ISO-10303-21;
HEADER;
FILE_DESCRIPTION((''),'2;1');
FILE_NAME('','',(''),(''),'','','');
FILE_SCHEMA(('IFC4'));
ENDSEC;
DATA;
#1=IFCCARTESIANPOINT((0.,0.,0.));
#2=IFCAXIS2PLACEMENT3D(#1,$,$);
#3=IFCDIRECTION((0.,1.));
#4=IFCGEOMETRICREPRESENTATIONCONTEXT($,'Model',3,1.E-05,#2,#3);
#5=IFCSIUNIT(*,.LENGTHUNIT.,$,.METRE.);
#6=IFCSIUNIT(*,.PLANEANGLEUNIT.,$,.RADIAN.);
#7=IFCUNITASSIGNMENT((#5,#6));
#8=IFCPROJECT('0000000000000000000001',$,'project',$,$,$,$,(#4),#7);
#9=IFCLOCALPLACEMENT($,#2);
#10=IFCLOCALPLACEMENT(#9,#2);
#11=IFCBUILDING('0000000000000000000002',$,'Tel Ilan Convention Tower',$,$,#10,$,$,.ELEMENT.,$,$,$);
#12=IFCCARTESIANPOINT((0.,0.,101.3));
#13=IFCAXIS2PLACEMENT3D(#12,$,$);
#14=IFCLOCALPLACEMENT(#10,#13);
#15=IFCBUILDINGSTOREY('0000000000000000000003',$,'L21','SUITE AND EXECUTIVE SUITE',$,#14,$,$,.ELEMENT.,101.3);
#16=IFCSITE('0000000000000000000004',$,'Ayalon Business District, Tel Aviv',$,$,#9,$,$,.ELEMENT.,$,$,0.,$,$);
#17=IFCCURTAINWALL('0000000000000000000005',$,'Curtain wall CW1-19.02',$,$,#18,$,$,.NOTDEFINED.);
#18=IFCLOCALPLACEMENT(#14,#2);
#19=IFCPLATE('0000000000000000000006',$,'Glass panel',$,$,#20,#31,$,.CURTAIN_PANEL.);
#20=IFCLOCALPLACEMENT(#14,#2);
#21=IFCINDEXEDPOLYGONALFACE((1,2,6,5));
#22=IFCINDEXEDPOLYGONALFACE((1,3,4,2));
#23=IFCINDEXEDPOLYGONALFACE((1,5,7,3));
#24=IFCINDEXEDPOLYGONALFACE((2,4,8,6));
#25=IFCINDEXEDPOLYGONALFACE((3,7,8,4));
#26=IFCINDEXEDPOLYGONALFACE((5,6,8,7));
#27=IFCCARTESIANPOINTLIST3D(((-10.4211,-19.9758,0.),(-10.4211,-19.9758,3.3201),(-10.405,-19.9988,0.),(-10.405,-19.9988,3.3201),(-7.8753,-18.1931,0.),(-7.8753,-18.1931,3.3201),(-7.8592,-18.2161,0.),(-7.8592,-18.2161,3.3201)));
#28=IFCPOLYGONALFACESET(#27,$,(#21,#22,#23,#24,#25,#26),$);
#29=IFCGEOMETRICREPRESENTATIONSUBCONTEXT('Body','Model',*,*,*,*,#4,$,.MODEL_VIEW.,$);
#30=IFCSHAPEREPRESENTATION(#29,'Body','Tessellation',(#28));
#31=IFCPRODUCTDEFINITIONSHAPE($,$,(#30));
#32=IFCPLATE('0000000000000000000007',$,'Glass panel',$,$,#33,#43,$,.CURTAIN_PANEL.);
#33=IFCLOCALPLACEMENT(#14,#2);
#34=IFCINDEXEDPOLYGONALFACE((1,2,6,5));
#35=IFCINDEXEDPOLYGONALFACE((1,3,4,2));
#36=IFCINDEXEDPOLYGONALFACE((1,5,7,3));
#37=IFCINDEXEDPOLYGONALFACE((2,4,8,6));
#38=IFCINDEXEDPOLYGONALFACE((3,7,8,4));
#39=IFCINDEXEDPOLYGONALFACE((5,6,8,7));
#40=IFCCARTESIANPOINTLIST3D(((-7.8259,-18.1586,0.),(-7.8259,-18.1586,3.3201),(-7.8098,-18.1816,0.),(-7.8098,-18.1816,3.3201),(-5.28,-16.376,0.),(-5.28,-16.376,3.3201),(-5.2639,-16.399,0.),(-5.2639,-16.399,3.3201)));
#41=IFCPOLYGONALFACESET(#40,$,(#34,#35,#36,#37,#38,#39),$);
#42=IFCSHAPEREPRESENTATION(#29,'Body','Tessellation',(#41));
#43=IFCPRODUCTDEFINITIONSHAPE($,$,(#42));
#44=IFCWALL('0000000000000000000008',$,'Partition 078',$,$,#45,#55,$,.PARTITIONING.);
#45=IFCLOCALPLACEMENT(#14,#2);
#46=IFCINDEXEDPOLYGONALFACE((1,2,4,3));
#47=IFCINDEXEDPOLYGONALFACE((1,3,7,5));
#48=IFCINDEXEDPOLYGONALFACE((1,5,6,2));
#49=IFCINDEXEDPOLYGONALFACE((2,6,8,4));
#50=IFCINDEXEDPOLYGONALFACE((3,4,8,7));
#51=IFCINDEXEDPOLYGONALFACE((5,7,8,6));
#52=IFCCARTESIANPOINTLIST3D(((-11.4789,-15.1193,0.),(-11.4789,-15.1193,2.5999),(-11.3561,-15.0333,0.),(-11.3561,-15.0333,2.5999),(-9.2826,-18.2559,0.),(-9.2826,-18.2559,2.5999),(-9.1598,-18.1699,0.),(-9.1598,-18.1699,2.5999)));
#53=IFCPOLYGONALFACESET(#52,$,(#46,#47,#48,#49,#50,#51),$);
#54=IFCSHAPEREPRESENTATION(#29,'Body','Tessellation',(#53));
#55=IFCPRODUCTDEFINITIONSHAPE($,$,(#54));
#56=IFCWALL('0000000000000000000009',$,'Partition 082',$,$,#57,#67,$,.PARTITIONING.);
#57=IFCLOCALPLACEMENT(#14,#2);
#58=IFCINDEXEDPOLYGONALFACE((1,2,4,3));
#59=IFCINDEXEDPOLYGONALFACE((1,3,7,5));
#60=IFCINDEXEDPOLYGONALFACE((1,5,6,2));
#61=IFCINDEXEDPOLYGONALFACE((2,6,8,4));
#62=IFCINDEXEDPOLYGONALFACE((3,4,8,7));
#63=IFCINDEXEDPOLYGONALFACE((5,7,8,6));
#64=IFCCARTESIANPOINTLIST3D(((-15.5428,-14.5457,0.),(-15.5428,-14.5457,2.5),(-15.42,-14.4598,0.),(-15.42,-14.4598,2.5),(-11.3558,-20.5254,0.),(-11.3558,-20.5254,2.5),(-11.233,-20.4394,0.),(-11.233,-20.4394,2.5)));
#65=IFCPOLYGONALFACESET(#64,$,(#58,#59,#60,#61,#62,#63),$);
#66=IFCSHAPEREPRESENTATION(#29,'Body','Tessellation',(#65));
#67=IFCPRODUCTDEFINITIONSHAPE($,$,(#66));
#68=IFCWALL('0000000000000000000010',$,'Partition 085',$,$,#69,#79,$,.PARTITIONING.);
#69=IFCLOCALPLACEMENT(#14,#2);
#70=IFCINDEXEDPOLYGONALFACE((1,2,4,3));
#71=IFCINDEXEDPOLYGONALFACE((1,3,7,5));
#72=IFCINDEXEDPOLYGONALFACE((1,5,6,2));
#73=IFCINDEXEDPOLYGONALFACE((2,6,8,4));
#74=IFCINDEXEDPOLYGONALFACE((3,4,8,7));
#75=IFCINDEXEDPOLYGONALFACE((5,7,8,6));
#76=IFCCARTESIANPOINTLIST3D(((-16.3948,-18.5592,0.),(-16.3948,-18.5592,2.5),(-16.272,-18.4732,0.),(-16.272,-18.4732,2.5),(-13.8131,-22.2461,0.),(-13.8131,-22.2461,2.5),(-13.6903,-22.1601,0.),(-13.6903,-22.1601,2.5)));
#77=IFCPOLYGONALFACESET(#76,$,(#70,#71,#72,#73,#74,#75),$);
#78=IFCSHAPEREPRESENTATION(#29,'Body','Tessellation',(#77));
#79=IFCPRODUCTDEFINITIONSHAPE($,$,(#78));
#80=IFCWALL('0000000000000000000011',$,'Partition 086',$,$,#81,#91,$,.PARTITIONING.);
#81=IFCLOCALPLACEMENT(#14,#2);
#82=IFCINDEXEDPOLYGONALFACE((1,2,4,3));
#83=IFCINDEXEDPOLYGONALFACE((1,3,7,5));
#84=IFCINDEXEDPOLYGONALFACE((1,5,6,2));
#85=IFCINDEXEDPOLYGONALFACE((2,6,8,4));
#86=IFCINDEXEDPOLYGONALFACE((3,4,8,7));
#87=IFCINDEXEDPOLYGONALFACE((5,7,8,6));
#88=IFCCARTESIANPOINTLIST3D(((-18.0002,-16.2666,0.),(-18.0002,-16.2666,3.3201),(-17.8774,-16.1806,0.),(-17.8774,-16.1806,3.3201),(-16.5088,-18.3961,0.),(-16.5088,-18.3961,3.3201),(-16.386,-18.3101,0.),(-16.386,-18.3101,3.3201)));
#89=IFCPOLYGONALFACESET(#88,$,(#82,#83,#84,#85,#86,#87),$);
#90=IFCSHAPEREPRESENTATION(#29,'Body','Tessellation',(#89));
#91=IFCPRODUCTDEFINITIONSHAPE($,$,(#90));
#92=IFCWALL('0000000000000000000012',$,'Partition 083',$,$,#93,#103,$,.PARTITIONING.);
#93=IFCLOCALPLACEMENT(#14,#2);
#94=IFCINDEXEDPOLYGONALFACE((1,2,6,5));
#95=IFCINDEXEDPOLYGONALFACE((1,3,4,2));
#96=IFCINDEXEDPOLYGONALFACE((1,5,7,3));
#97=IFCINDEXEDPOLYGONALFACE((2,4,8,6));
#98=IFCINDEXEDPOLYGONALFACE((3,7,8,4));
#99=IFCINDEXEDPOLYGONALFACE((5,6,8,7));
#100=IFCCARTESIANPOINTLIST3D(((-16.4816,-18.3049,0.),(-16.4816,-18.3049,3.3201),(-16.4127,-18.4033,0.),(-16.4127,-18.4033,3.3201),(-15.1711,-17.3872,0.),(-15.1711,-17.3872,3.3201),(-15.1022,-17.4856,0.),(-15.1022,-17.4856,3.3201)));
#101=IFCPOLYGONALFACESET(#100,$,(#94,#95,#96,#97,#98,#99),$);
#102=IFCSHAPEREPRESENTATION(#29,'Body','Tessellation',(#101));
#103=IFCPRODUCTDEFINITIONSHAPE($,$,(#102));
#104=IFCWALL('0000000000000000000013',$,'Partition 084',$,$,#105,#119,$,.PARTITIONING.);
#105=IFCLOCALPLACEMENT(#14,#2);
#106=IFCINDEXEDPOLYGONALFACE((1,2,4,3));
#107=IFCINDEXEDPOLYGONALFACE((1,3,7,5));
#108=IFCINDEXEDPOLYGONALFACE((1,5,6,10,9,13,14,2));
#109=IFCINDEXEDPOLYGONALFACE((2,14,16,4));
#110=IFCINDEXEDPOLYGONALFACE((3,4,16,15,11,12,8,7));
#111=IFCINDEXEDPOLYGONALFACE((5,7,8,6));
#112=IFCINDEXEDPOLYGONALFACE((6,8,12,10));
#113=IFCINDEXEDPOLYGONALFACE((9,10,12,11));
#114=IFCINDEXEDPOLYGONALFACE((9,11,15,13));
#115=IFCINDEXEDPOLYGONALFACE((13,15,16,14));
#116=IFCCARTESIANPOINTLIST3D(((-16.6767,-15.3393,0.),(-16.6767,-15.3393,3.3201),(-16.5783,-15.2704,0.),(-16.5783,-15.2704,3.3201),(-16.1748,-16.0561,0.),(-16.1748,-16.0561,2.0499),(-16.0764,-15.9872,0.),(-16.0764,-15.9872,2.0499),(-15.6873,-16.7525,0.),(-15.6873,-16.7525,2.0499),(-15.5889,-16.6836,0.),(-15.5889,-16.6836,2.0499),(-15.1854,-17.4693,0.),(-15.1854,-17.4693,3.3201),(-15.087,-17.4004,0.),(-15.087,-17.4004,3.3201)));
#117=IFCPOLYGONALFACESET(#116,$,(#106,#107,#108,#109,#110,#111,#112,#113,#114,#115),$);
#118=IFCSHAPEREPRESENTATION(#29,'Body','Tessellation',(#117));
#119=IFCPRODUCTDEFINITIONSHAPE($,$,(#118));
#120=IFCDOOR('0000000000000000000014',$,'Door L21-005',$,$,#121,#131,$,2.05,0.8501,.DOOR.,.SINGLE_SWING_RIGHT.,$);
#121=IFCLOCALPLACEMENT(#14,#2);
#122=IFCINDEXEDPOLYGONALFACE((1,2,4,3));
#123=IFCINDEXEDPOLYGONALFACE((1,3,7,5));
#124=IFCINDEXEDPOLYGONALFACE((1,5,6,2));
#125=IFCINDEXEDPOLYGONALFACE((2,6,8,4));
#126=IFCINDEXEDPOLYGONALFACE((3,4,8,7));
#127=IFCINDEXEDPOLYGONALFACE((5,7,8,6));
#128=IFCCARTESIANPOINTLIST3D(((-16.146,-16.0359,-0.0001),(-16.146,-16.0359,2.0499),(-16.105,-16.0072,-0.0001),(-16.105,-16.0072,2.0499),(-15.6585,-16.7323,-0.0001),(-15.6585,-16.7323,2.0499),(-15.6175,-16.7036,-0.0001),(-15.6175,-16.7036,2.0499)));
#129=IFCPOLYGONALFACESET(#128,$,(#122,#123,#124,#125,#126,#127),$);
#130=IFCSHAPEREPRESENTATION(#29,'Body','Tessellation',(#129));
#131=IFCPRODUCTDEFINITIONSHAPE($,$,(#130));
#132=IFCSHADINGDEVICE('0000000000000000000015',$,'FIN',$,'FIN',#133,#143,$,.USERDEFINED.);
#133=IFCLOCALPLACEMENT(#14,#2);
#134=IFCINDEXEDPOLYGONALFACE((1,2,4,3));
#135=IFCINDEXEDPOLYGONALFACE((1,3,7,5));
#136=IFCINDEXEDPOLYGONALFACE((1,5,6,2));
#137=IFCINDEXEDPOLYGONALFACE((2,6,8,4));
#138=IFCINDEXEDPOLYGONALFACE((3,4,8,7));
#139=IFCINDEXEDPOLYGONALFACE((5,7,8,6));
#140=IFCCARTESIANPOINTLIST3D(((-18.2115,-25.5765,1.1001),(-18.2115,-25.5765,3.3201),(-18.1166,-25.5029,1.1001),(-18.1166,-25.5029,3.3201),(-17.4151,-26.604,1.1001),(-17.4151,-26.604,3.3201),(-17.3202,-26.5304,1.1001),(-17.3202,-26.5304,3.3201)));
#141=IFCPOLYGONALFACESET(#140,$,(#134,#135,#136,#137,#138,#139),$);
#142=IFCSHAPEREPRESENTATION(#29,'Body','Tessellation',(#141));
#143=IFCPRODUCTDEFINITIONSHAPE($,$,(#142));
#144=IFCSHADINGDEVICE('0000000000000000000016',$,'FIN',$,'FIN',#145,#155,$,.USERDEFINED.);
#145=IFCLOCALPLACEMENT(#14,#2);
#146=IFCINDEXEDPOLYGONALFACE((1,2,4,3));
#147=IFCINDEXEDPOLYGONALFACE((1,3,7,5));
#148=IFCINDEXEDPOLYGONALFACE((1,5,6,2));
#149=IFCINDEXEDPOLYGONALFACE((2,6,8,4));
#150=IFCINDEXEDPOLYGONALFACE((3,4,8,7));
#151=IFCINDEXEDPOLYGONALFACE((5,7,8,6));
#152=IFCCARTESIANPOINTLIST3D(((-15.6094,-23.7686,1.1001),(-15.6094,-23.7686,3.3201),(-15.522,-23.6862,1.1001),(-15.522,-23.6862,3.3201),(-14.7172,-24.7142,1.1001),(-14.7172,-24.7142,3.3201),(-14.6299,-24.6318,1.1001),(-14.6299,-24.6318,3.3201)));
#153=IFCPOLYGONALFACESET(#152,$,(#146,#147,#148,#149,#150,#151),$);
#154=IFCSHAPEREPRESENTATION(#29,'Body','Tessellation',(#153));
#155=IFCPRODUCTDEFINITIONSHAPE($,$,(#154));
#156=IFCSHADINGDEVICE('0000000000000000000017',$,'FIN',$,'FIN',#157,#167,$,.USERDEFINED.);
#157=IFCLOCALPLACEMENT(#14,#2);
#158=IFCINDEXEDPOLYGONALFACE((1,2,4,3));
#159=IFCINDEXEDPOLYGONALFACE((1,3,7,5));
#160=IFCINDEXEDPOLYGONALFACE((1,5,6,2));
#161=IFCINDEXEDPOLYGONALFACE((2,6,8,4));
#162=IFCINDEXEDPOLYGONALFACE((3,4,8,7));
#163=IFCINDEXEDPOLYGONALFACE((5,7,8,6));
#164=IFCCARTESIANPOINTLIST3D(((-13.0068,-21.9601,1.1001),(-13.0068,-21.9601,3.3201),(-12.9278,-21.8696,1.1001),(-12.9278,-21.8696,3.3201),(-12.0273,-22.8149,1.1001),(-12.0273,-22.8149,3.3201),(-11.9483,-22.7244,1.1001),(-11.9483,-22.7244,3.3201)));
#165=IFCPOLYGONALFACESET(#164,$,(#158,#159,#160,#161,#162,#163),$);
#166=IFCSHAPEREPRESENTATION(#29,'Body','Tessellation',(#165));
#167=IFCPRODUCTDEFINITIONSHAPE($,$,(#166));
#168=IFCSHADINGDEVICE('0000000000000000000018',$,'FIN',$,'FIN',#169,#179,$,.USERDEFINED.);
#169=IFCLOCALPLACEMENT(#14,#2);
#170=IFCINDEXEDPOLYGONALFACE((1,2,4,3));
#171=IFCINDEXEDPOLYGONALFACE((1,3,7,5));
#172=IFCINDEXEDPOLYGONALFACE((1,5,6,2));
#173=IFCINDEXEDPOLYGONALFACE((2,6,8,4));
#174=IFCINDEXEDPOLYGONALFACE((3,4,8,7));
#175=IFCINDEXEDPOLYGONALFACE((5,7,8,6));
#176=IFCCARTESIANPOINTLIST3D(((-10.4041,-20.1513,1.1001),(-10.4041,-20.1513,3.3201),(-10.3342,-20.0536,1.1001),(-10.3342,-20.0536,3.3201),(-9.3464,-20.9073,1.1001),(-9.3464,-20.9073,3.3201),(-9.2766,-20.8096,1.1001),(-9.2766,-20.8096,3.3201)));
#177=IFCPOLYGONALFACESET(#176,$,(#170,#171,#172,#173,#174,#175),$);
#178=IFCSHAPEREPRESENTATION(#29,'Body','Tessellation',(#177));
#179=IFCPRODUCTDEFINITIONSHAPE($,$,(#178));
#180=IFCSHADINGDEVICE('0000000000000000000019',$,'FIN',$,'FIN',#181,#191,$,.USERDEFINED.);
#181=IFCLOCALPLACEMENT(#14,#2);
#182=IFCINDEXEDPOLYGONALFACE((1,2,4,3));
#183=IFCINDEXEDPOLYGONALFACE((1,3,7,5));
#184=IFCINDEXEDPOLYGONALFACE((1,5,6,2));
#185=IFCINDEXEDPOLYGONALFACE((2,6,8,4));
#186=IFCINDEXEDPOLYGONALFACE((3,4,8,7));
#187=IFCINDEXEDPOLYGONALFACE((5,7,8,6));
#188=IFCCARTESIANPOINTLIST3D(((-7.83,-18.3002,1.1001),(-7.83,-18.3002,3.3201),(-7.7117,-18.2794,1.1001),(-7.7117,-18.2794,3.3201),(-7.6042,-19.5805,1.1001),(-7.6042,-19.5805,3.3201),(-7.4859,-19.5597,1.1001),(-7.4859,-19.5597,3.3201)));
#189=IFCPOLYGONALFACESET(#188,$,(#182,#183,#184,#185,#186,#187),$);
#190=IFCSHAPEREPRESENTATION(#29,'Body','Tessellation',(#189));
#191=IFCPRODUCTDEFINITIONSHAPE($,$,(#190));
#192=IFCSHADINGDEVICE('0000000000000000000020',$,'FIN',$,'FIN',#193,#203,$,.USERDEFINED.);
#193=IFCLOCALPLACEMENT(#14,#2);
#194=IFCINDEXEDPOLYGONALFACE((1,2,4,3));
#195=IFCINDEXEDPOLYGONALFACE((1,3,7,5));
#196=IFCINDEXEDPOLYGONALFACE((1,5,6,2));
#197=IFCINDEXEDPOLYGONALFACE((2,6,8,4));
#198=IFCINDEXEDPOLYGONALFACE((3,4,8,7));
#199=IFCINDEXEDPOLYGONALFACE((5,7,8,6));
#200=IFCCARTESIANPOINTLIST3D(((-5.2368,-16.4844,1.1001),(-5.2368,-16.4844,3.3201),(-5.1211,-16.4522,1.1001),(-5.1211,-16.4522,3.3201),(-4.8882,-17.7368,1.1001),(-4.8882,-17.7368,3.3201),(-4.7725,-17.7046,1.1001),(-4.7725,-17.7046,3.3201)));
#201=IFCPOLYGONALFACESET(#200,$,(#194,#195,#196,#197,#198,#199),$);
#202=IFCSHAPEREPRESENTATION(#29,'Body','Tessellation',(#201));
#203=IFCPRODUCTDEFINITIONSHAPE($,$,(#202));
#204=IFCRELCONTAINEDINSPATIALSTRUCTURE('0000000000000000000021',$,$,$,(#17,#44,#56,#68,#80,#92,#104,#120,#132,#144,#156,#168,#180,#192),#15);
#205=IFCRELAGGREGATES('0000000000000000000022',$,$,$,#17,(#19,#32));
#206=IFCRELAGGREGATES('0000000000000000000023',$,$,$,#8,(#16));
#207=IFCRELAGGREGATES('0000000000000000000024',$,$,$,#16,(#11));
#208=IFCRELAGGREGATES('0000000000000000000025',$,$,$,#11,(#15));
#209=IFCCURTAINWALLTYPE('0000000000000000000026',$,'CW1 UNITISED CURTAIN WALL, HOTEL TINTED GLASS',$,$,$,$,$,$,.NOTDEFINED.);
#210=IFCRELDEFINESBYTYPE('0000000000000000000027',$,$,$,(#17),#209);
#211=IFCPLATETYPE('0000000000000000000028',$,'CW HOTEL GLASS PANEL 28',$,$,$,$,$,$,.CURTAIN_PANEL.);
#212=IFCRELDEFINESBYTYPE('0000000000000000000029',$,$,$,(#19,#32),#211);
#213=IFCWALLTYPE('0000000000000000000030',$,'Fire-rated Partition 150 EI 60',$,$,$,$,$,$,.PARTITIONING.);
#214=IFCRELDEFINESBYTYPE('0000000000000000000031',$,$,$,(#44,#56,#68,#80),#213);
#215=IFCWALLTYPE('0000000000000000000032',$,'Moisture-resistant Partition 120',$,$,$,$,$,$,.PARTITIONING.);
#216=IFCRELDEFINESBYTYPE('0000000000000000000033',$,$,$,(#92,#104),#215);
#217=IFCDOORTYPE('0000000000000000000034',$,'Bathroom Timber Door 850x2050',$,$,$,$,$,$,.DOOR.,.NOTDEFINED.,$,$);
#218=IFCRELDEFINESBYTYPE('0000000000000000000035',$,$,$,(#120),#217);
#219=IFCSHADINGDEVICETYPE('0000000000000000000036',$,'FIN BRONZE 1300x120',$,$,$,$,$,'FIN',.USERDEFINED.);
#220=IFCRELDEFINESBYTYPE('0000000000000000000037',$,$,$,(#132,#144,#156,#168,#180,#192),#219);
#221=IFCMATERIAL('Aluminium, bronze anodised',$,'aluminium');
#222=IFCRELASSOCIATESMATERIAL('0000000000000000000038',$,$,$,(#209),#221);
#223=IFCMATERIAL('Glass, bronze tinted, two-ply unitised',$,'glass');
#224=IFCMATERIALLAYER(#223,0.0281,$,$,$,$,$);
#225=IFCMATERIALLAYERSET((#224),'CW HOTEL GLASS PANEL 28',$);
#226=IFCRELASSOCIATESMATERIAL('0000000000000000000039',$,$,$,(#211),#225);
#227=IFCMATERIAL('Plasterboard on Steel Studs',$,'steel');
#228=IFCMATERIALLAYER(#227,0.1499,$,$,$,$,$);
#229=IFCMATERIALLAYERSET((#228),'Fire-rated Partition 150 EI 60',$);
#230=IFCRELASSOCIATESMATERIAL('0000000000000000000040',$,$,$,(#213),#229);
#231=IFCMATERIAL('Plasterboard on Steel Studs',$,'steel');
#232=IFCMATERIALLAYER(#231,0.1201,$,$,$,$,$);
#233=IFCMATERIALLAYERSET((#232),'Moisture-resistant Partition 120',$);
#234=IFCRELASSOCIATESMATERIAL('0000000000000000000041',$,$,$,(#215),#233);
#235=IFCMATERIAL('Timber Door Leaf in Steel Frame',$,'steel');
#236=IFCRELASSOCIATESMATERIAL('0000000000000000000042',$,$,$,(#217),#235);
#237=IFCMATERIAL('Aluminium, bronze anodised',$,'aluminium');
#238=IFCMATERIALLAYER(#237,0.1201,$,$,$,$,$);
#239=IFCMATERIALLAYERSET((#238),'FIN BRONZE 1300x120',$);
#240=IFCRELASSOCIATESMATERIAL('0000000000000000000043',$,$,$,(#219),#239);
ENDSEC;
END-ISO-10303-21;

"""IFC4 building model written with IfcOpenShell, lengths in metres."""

from ifc_helpers import new_model, si_unit, direction, frame, frame_2d, origin, origin_2d, place, context, subcontext, project, spatial, rectangle, extrude, material, layer, layer_set, type_object, element, fill, aggregate, save


model = new_model("IFC4")

# Units and contexts
model_context = context("Model", 3, precision=1e-05, world=origin(), true_north=direction((0.0, 1.0)))
body_context = subcontext(model_context, "Body", "Model", "MODEL_VIEW")
ifc_project = project(units=[si_unit("LENGTHUNIT", "METRE"), si_unit("PLANEANGLEUNIT", "RADIAN")], contexts=[model_context])

# Site, building, storey
site_placement = place(None, origin())
site = spatial("IfcSite", under=ifc_project, at=site_placement, Name="Ayalon Business District, Tel Aviv", CompositionType="ELEMENT", RefElevation=0.0)
building_placement = place(site_placement, origin())
building = spatial("IfcBuilding", under=site, at=building_placement, Name="Tel Ilan Convention Tower", CompositionType="ELEMENT")
storey_placement = place(building_placement, frame((0.0, 0.0, 101.3)))
storey = spatial("IfcBuildingStorey", under=building, at=storey_placement, Name="L21", Description="SUITE AND EXECUTIVE SUITE", CompositionType="ELEMENT", Elevation=101.3)

# Curtain wall, plates
ifc_material_1 = material(Name="Aluminium, bronze anodised", Category="aluminium")
curtain_wall_type = type_object("IfcCurtainWallType", Name="CW1 UNITISED CURTAIN WALL, HOTEL TINTED GLASS", PredefinedType="NOTDEFINED", material=ifc_material_1)
curtain_wall_placement = place(storey_placement, origin())
curtain_wall = element("IfcCurtainWall", 1, at=curtain_wall_placement, inside=storey, type_object=curtain_wall_type, Name="Curtain wall CW1-19.02", PredefinedType="NOTDEFINED")
ifc_material_2 = material(Name="Glass, bronze tinted, two-ply unitised", Category="glass")
ifc_layer_1 = layer(ifc_material_2, 0.0281)
ifc_layer_set_1 = layer_set([ifc_layer_1], Name="CW HOTEL GLASS PANEL 28")
plate_type = type_object("IfcPlateType", Name="CW HOTEL GLASS PANEL 28", PredefinedType="CURTAIN_PANEL", material=ifc_layer_set_1)
plate_1_placement = place(storey_placement, frame((-9.1401, -19.0959, 0.0), z_axis=(0.0, 0.0, 1.0), x_axis=(0.819152, 0.573576, 0.0)))
plate_1 = element("IfcPlate", 2, at=plate_1_placement, type_object=plate_type, Name="Glass panel", PredefinedType="CURTAIN_PANEL", context=body_context, shape_type="SweptSolid", body=[
    extrude(rectangle(XDim=3.1079, YDim=0.0281, at=origin_2d()), origin(), (0.0, 0.0, 1.0), 3.3201),
])
plate_2_placement = place(storey_placement, frame((-6.5449, -17.2788, 0.0), z_axis=(0.0, 0.0, 1.0), x_axis=(0.819152, 0.573576, 0.0)))
plate_2 = element("IfcPlate", 3, at=plate_2_placement, type_object=plate_type, Name="Glass panel", PredefinedType="CURTAIN_PANEL", context=body_context, shape_type="SweptSolid", body=[
    extrude(rectangle(XDim=3.1079, YDim=0.0281, at=origin_2d()), origin(), (0.0, 0.0, 1.0), 3.3201),
])
aggregate(curtain_wall, [plate_1, plate_2])

# Walls
ifc_material_3 = material(Name="Plasterboard on Steel Studs", Category="steel")
ifc_layer_2 = layer(ifc_material_3, 0.1499)
ifc_layer_set_2 = layer_set([ifc_layer_2], Name="Fire-rated Partition 150 EI 60")
wall_type_1 = type_object("IfcWallType", Name="Fire-rated Partition 150 EI 60", PredefinedType="PARTITIONING", material=ifc_layer_set_2)
wall_1_placement = place(storey_placement, frame((-9.2212, -18.2129, 0.0), z_axis=(0.0, 0.0, 1.0), x_axis=(-0.573595, 0.819139, 0.0)))
element("IfcWall", 4, at=wall_1_placement, inside=storey, type_object=wall_type_1, Name="Partition 078", PredefinedType="PARTITIONING", context=body_context, shape_type="SweptSolid", body=[
    extrude(rectangle(XDim=3.8291, YDim=0.1499, at=frame_2d((1.9146, 0.0))), origin(), (0.0, 0.0, 1.0), 2.5999),
])
wall_2_placement = place(storey_placement, frame((-11.2944, -20.4824, 0.0), z_axis=(0.0, 0.0, 1.0), x_axis=(-0.573572, 0.819155, 0.0)))
element("IfcWall", 5, at=wall_2_placement, inside=storey, type_object=wall_type_1, Name="Partition 082", PredefinedType="PARTITIONING", context=body_context, shape_type="SweptSolid", body=[
    extrude(rectangle(XDim=7.2998, YDim=0.1499, at=frame_2d((3.6499, 0.0))), origin(), (0.0, 0.0, 1.0), 2.5),
])
wall_3_placement = place(storey_placement, frame((-13.7517, -22.2031, 0.0), z_axis=(0.0, 0.0, 1.0), x_axis=(-0.573593, 0.81914, 0.0)))
element("IfcWall", 6, at=wall_3_placement, inside=storey, type_object=wall_type_1, Name="Partition 085", PredefinedType="PARTITIONING", context=body_context, shape_type="SweptSolid", body=[
    extrude(rectangle(XDim=4.501, YDim=0.1499, at=frame_2d((2.2505, 0.0))), origin(), (0.0, 0.0, 1.0), 2.5),
])
wall_4_placement = place(storey_placement, frame((-16.4475, -18.353, 0.0), z_axis=(0.0, 0.0, 1.0), x_axis=(-0.573645, 0.819104, 0.0)))
element("IfcWall", 7, at=wall_4_placement, inside=storey, type_object=wall_type_1, Name="Partition 086", PredefinedType="PARTITIONING", context=body_context, shape_type="SweptSolid", body=[
    extrude(rectangle(XDim=2.5999, YDim=0.1499, at=frame_2d((1.2998, 0.0))), origin(), (0.0, 0.0, 1.0), 3.3201),
])
ifc_material_4 = material(Name="Plasterboard on Steel Studs", Category="steel")
ifc_layer_3 = layer(ifc_material_4, 0.1201)
ifc_layer_set_3 = layer_set([ifc_layer_3], Name="Moisture-resistant Partition 120")
wall_type_2 = type_object("IfcWallType", Name="Moisture-resistant Partition 120", PredefinedType="PARTITIONING", material=ifc_layer_set_3)
wall_5_placement = place(storey_placement, frame((-16.447, -18.354, 0.0), z_axis=(0.0, 0.0, 1.0), x_axis=(0.819132, 0.573606, 0.0)))
element("IfcWall", 8, at=wall_5_placement, inside=storey, type_object=wall_type_2, Name="Partition 083", PredefinedType="PARTITIONING", context=body_context, shape_type="SweptSolid", body=[
    extrude(rectangle(XDim=1.5999, YDim=0.1201, at=frame_2d((0.7998, 0.0))), origin(), (0.0, 0.0, 1.0), 3.3201),
])

# Wall, opening, door
wall_6_placement = place(storey_placement, frame((-15.1362, -17.4348, 0.0), z_axis=(0.0, 0.0, 1.0), x_axis=(-0.573538, 0.819179, 0.0)))
wall_6 = element("IfcWall", 9, at=wall_6_placement, inside=storey, type_object=wall_type_2, Name="Partition 084", PredefinedType="PARTITIONING", context=body_context, shape_type="SweptSolid", body=[
    extrude(rectangle(XDim=2.6001, YDim=0.1201, at=frame_2d((1.3, 0.0))), origin(), (0.0, 0.0, 1.0), 3.3201),
])
opening_placement = place(wall_6_placement, frame((0.875, 0.0, 0.0)))
opening = element("IfcOpeningElement", 10, at=opening_placement, cuts=wall_6, PredefinedType="OPENING", context=body_context, shape_type="SweptSolid", body=[
    extrude(rectangle(XDim=0.8501, YDim=2.05, at=frame_2d((0.425, 1.0249))), frame((0.0, 0.0701, 0.0), z_axis=(0.0, -1.0, 0.0), x_axis=(1.0, 0.0, 0.0)), (0.0, 0.0, 1.0), 0.1401),
])
ifc_material_5 = material(Name="Timber Door Leaf in Steel Frame", Category="steel")
door_type = type_object("IfcDoorType", Name="Bathroom Timber Door 850x2050", OperationType="NOTDEFINED", PredefinedType="DOOR", material=ifc_material_5)
door_placement = place(opening_placement, origin())
door = element("IfcDoor", 11, at=door_placement, inside=storey, type_object=door_type, Name="Door L21-005", OperationType="SINGLE_SWING_RIGHT", OverallHeight=2.05, OverallWidth=0.8501, PredefinedType="DOOR", context=body_context, shape_type="SweptSolid", body=[
    extrude(rectangle(XDim=0.8501, YDim=2.05, at=frame_2d((0.425, 1.0249))), frame((0.0, 0.0249, 0.0), z_axis=(0.0, -1.0, 0.0), x_axis=(1.0, 0.0, 0.0)), (0.0, 0.0, 1.0), 0.05),
])
fill(opening, door)

# Shading devices
ifc_material_6 = material(Name="Aluminium, bronze anodised", Category="aluminium")
ifc_layer_4 = layer(ifc_material_6, 0.1201)
ifc_layer_set_4 = layer_set([ifc_layer_4], Name="FIN BRONZE 1300x120")
shading_device_type = type_object("IfcShadingDeviceType", Name="FIN BRONZE 1300x120", ElementType="FIN", PredefinedType="USERDEFINED", material=ifc_layer_set_4)
for number, where, z_axis, x_axis, name in (
    (12, (-17.7659, -26.0535, 1.1001), (0.0, 0.0, 1.0), (0.612601, -0.790393, 0.0), "FIN"),
    (13, (-15.1196, -24.2002, 1.1001), (0.0, 0.0, 1.0), (0.686242, -0.727374, 0.0), "FIN"),
    (14, (-12.4775, -22.3423, 1.1001), (0.0, 0.0, 1.0), (0.753436, -0.657521, 0.0), "FIN"),
    (15, (-9.8403, -20.4805, 1.1001), (0.0, 0.0, 1.0), (0.813552, -0.581492, 0.0), "FIN"),
    (16, (-7.658, -18.9299, 1.1001), (0.0, 0.0, 1.0), (0.173648, -0.984808, 0.0), "FIN"),
    (17, (-5.0046, -17.0945, 1.1001), (0.0, 0.0, 1.0), (0.268173, -0.963371, 0.0), "FIN"),
):
    element("IfcShadingDevice", number, at=place(storey_placement, frame(where, z_axis=z_axis, x_axis=x_axis)), inside=storey, type_object=shading_device_type, Name=name, ObjectType="FIN", PredefinedType="USERDEFINED", context=body_context, shape_type="SweptSolid", body=[
        extrude(rectangle(XDim=1.3, YDim=0.1201, at=origin_2d()), origin(), (0.0, 0.0, 1.0), 2.22),
    ])

save(model, "model.ifc")
